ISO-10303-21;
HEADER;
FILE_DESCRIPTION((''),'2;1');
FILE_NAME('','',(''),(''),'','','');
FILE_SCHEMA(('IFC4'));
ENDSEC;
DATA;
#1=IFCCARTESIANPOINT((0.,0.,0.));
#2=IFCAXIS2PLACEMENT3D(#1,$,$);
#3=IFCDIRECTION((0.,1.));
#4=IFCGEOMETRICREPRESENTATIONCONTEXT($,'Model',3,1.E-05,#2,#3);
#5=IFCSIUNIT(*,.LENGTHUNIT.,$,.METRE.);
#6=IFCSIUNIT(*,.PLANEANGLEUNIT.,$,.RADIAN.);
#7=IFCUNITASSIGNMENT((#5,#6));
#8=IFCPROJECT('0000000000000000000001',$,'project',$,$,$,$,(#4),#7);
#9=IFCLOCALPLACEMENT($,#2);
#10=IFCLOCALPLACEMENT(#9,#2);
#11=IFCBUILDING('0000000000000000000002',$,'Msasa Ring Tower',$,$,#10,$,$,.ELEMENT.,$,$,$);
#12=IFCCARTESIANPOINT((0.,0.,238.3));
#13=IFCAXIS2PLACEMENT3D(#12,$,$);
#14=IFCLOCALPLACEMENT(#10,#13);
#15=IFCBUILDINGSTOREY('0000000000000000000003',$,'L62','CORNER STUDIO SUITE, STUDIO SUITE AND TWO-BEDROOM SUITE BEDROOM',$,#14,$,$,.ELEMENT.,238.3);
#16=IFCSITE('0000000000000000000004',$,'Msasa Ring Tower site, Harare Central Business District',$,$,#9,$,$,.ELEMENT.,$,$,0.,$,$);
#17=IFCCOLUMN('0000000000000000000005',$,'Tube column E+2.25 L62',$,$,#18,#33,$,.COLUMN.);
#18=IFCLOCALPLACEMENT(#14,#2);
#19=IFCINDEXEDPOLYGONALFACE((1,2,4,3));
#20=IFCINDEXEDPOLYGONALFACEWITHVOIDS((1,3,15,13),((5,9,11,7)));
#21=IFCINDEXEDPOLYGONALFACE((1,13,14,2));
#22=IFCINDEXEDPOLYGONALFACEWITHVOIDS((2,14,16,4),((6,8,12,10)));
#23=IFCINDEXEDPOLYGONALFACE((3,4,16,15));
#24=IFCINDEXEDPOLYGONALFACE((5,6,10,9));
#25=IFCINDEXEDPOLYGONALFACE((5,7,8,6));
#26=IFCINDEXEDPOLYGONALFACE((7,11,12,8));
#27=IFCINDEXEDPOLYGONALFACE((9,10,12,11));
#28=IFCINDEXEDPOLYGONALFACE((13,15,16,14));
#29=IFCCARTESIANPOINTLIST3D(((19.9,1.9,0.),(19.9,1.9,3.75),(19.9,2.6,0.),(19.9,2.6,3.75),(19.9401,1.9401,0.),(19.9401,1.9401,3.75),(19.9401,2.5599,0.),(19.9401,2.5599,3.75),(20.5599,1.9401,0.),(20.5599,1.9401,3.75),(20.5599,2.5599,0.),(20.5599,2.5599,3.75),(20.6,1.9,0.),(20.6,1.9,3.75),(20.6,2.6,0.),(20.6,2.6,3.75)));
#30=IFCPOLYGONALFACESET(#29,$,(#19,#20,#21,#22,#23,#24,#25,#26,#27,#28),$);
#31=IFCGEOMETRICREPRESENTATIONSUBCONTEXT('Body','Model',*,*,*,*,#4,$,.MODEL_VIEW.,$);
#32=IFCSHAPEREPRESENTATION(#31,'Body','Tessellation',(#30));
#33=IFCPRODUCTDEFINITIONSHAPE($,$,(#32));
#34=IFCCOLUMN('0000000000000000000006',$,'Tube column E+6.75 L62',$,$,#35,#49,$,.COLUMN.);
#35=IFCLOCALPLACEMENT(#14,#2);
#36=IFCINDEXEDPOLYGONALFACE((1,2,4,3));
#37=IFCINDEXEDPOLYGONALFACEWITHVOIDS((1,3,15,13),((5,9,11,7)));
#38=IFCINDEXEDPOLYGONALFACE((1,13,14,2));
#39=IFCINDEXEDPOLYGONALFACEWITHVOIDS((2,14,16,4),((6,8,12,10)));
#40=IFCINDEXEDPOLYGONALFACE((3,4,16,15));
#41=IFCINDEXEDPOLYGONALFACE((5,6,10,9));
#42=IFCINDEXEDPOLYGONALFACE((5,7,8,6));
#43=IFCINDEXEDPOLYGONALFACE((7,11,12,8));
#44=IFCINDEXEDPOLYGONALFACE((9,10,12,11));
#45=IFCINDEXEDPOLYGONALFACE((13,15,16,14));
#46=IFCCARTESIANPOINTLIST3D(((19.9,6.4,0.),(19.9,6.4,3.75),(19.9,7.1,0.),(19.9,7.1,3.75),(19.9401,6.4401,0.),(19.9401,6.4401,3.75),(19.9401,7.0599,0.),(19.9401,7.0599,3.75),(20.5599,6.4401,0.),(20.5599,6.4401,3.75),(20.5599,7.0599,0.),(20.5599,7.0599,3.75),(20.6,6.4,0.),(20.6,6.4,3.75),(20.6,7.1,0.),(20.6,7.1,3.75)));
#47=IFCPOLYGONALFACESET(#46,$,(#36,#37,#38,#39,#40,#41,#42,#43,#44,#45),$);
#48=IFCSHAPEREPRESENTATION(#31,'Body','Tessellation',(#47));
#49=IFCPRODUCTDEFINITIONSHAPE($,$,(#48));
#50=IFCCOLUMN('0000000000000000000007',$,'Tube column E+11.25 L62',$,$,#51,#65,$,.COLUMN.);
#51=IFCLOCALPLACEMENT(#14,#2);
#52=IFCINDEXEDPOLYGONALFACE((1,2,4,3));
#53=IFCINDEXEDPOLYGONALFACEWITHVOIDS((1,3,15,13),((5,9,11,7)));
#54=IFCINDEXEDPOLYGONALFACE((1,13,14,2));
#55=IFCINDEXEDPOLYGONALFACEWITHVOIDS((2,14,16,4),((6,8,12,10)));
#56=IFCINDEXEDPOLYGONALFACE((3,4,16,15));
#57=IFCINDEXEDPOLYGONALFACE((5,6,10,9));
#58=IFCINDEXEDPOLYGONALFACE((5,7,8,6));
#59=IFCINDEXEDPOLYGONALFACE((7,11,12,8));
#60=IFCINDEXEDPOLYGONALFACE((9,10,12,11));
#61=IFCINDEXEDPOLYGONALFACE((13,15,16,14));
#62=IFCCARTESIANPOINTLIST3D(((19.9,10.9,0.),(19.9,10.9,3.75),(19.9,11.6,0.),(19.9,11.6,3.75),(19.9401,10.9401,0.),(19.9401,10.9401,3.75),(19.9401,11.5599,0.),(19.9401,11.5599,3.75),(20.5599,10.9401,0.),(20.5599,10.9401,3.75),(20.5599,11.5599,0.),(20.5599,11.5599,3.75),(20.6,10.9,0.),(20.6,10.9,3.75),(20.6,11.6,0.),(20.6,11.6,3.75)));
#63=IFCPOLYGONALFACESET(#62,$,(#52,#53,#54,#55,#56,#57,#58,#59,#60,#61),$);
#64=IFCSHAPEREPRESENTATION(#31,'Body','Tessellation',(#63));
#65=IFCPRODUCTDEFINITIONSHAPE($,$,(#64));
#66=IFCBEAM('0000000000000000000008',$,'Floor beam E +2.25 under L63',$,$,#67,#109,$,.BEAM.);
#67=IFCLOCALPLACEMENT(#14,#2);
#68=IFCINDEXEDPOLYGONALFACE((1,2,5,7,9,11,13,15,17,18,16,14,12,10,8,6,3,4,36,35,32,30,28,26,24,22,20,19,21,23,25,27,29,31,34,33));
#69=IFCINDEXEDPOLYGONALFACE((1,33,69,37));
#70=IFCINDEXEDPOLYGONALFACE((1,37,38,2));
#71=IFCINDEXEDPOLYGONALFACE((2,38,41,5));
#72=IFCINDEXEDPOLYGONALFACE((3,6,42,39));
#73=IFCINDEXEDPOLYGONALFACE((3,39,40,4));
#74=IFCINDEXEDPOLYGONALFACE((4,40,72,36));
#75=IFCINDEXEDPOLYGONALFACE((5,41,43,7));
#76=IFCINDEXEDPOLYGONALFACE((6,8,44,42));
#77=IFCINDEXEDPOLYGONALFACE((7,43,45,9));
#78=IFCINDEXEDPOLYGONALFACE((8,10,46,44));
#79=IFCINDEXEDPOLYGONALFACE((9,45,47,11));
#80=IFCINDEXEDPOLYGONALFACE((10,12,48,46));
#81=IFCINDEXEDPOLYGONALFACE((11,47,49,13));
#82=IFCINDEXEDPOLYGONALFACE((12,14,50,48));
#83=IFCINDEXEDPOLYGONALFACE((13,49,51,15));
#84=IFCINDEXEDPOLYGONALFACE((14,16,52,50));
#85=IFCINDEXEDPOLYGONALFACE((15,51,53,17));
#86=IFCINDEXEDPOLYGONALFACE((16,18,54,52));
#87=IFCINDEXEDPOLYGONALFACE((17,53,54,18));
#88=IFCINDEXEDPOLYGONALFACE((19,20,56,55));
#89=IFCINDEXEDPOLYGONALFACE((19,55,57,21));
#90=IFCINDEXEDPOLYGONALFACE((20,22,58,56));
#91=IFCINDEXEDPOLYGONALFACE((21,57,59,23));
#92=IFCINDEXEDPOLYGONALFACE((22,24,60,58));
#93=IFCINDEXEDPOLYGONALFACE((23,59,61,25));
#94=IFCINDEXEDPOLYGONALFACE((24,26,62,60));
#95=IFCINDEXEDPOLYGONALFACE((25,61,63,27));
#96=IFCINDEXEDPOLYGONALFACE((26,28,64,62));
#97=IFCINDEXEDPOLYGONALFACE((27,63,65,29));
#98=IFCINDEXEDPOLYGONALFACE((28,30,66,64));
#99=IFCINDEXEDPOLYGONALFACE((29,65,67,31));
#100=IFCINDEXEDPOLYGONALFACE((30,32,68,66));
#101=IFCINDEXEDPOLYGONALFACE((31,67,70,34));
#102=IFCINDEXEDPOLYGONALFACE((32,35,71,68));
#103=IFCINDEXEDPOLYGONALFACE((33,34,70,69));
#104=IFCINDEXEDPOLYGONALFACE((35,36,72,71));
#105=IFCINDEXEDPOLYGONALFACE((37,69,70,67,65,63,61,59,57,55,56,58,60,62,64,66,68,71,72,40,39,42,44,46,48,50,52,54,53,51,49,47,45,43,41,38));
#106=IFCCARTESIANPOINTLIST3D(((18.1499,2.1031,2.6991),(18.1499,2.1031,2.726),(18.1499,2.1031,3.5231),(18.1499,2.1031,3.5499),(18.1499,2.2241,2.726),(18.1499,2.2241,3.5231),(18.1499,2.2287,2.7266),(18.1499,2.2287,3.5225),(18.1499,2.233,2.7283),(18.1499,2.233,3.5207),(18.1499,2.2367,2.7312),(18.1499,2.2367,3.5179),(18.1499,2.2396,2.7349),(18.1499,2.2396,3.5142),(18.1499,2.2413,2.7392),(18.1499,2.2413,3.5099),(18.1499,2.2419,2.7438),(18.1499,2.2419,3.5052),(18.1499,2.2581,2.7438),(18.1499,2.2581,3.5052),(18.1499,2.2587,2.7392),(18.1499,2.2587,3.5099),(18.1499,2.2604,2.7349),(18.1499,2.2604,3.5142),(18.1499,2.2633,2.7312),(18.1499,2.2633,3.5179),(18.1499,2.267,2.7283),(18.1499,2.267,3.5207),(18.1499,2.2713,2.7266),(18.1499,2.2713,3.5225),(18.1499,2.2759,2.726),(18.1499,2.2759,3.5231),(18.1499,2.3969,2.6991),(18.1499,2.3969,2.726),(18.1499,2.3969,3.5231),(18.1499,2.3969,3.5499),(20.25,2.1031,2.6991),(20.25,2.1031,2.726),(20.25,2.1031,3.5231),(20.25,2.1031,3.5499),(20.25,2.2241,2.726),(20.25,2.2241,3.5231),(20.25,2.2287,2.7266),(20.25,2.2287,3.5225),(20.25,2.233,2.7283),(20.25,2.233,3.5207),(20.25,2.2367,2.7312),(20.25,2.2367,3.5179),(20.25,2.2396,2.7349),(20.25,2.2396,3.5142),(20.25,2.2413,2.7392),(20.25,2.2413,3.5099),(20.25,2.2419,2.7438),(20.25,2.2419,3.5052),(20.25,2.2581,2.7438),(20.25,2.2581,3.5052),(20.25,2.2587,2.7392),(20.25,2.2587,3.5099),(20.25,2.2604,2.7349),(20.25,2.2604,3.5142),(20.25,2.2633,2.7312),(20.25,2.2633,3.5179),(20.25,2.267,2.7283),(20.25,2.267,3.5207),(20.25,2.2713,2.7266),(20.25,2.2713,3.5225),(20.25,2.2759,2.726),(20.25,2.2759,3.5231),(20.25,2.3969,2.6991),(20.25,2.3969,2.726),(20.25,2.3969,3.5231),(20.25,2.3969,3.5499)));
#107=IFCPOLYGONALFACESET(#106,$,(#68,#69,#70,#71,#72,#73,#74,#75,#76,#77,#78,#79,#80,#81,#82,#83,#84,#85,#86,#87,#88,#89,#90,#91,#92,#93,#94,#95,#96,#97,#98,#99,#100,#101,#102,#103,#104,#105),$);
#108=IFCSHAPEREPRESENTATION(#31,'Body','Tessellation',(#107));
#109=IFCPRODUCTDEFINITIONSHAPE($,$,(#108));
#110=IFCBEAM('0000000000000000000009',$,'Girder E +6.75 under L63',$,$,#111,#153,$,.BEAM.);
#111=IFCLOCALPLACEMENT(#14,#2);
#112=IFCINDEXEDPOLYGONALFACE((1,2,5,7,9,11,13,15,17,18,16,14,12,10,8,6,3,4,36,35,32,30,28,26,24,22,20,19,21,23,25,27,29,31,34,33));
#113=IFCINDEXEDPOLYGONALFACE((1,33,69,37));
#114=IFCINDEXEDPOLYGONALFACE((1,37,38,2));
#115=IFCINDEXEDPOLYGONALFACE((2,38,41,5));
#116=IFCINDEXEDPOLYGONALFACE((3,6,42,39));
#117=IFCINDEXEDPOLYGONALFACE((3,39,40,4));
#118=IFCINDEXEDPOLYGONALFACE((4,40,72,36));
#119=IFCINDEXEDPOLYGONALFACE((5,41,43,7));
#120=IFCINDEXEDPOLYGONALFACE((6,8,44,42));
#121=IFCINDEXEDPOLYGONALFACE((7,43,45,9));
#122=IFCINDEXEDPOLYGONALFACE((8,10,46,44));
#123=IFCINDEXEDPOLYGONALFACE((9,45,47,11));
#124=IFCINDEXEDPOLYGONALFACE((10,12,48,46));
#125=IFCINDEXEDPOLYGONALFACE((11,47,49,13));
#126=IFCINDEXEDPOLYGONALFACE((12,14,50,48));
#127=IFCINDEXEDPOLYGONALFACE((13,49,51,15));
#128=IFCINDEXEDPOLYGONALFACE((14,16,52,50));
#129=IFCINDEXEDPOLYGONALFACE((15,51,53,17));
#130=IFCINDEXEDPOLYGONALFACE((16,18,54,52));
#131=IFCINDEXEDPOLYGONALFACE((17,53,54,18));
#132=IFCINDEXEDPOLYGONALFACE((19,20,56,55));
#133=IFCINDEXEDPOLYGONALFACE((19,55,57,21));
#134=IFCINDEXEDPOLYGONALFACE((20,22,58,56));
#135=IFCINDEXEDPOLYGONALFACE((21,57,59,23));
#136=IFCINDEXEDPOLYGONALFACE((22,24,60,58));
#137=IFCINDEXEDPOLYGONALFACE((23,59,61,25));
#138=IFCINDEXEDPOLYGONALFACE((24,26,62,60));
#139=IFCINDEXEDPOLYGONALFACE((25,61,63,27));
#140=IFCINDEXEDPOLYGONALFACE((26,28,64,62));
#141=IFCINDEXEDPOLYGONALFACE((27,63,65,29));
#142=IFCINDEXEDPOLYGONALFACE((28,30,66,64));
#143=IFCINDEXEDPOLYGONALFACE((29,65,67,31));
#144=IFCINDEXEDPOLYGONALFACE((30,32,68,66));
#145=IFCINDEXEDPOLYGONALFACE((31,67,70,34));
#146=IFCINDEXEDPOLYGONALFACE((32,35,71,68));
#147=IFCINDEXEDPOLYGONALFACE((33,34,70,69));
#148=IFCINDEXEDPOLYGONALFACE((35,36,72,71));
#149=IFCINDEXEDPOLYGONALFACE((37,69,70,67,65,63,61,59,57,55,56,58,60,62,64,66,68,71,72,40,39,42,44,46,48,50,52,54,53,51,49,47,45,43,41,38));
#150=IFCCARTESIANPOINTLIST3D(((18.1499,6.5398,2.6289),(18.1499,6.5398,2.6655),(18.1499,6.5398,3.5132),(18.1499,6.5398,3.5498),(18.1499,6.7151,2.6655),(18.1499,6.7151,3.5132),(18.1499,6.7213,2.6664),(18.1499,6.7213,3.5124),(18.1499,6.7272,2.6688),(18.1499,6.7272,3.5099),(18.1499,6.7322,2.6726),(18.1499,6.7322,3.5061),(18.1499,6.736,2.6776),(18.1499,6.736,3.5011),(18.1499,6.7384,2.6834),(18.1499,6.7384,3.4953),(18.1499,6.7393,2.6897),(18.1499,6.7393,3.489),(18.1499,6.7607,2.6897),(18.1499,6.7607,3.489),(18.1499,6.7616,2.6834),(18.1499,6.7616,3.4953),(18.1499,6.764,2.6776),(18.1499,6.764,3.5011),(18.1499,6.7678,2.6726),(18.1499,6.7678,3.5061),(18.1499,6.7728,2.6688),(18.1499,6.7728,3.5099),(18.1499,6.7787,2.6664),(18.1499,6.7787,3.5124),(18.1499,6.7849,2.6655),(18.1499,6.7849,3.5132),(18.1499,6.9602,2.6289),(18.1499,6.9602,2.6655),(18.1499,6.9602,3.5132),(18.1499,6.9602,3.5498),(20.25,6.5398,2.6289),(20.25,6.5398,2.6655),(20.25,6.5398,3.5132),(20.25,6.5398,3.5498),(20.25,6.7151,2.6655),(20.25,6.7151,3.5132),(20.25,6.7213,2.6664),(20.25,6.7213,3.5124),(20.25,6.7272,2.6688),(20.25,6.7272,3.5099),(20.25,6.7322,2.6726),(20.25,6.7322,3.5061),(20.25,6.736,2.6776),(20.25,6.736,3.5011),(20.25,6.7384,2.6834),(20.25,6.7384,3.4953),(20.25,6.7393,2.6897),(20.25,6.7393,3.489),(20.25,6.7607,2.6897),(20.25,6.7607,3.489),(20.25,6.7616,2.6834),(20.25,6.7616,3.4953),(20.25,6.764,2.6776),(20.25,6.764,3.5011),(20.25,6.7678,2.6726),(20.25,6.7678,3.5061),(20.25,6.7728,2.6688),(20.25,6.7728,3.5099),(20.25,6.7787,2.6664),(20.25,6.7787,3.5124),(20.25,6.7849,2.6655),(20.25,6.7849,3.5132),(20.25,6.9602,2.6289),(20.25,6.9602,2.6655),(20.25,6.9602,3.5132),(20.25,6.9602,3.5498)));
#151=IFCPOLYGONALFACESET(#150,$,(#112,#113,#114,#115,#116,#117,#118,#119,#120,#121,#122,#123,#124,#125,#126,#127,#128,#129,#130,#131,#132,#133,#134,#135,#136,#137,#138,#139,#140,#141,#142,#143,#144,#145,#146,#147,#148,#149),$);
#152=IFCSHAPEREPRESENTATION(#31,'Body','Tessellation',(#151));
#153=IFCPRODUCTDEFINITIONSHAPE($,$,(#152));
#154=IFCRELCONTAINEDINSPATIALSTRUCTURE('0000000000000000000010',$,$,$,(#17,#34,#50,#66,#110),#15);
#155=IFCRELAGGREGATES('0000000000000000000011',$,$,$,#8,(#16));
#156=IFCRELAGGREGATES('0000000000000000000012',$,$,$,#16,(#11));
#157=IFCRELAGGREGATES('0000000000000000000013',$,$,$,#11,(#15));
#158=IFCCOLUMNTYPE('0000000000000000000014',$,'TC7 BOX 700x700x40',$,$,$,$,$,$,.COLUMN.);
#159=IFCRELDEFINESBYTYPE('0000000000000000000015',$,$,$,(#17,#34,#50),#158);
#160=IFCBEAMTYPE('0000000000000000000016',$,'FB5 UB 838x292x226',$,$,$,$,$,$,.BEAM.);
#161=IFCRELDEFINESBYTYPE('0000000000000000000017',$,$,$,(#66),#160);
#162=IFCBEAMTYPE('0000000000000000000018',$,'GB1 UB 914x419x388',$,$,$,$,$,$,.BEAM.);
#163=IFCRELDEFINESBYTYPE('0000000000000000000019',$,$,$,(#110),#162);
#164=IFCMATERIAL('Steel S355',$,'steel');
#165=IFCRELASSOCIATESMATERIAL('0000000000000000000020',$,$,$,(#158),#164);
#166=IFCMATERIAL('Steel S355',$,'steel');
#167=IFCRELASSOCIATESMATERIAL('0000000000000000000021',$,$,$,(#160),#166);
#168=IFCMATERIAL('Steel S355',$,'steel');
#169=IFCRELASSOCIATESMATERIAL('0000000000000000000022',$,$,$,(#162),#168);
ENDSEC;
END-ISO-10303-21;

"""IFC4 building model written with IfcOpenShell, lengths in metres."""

from ifc_helpers import new_model, si_unit, direction, frame, origin, origin_2d, place, context, subcontext, project, spatial, hollow_rectangle, i_section, extrude, material, material_profile, profile_set, type_object, element, save


model = new_model("IFC4")

# Units and contexts
model_context = context("Model", 3, precision=1e-05, world=origin(), true_north=direction((0.0, 1.0)))
body_context = subcontext(model_context, "Body", "Model", "MODEL_VIEW")
ifc_project = project(units=[si_unit("LENGTHUNIT", "METRE"), si_unit("PLANEANGLEUNIT", "RADIAN")], contexts=[model_context])

# Site, building, storey
site_placement = place(None, origin())
site = spatial("IfcSite", under=ifc_project, at=site_placement, Name="Msasa Ring Tower site, Harare Central Business District", CompositionType="ELEMENT", RefElevation=0.0)
building_placement = place(site_placement, origin())
building = spatial("IfcBuilding", under=site, at=building_placement, Name="Msasa Ring Tower", CompositionType="ELEMENT")
storey_placement = place(building_placement, frame((0.0, 0.0, 238.3)))
storey = spatial("IfcBuildingStorey", under=building, at=storey_placement, Name="L62", Description="CORNER STUDIO SUITE, STUDIO SUITE AND TWO-BEDROOM SUITE BEDROOM", CompositionType="ELEMENT", Elevation=238.3)

# Columns
ifc_material_1 = material(Name="Steel S355", Category="steel")
ifc_material_profile_1 = material_profile(ifc_material_1, hollow_rectangle(XDim=0.7, YDim=0.7, WallThickness=0.04, at=origin_2d()), Name="BOX 700x700x40")
ifc_profile_set_1 = profile_set([ifc_material_profile_1], Name="Steel S355")
column_type = type_object("IfcColumnType", Name="TC7 BOX 700x700x40", PredefinedType="COLUMN", material=ifc_profile_set_1)
for number, where, z_axis, x_axis, name in (
    (1, (20.25, 2.25, 0.0), (0.0, 0.0, 1.0), (1.0, 0.0, 0.0), "Tube column E+2.25 L62"),
    (2, (20.25, 6.75, 0.0), (0.0, 0.0, 1.0), (1.0, 0.0, 0.0), "Tube column E+6.75 L62"),
    (3, (20.25, 11.25, 0.0), (0.0, 0.0, 1.0), (1.0, 0.0, 0.0), "Tube column E+11.25 L62"),
):
    element("IfcColumn", number, at=place(storey_placement, frame(where, z_axis=z_axis, x_axis=x_axis)), inside=storey, type_object=column_type, Name=name, PredefinedType="COLUMN", context=body_context, shape_type="SweptSolid", body=[
        extrude(hollow_rectangle(XDim=0.7, YDim=0.7, WallThickness=0.04, at=origin_2d()), origin(), (0.0, 0.0, 1.0), 3.75),
    ])

# Beams
ifc_material_2 = material(Name="Steel S355", Category="steel")
ifc_material_profile_2 = material_profile(ifc_material_2, i_section(OverallWidth=0.2937, OverallDepth=0.8508, WebThickness=0.0161, FlangeThickness=0.0269, FilletRadius=0.0178, at=origin_2d()), Name="UB 838x292x226")
ifc_profile_set_2 = profile_set([ifc_material_profile_2], Name="Steel S355")
beam_type_1 = type_object("IfcBeamType", Name="FB5 UB 838x292x226", PredefinedType="BEAM", material=ifc_profile_set_2)
beam_1_placement = place(storey_placement, frame((20.25, 2.25, 3.1245), z_axis=(-1.0, 0.0, 0.0), x_axis=(0.0, -1.0, 0.0)))
element("IfcBeam", 4, at=beam_1_placement, inside=storey, type_object=beam_type_1, Name="Floor beam E +2.25 under L63", PredefinedType="BEAM", context=body_context, shape_type="SweptSolid", body=[
    extrude(i_section(OverallWidth=0.2937, OverallDepth=0.8508, WebThickness=0.0161, FlangeThickness=0.0269, FilletRadius=0.0178, at=origin_2d()), origin(), (0.0, 0.0, 1.0), 2.1001),
])
ifc_material_3 = material(Name="Steel S355", Category="steel")
ifc_material_profile_3 = material_profile(ifc_material_3, i_section(OverallWidth=0.4204, OverallDepth=0.9209, WebThickness=0.0215, FlangeThickness=0.0366, FilletRadius=0.0242, at=origin_2d()), Name="UB 914x419x388")
ifc_profile_set_3 = profile_set([ifc_material_profile_3], Name="Steel S355")
beam_type_2 = type_object("IfcBeamType", Name="GB1 UB 914x419x388", PredefinedType="BEAM", material=ifc_profile_set_3)
beam_2_placement = place(storey_placement, frame((18.1499, 6.75, 3.0894), z_axis=(1.0, 0.0, 0.0), x_axis=(0.0, 1.0, 0.0)))
element("IfcBeam", 5, at=beam_2_placement, inside=storey, type_object=beam_type_2, Name="Girder E +6.75 under L63", PredefinedType="BEAM", context=body_context, shape_type="SweptSolid", body=[
    extrude(i_section(OverallWidth=0.4204, OverallDepth=0.9209, WebThickness=0.0215, FlangeThickness=0.0366, FilletRadius=0.0242, at=origin_2d()), origin(), (0.0, 0.0, 1.0), 2.1001),
])

save(model, "model.ifc")
